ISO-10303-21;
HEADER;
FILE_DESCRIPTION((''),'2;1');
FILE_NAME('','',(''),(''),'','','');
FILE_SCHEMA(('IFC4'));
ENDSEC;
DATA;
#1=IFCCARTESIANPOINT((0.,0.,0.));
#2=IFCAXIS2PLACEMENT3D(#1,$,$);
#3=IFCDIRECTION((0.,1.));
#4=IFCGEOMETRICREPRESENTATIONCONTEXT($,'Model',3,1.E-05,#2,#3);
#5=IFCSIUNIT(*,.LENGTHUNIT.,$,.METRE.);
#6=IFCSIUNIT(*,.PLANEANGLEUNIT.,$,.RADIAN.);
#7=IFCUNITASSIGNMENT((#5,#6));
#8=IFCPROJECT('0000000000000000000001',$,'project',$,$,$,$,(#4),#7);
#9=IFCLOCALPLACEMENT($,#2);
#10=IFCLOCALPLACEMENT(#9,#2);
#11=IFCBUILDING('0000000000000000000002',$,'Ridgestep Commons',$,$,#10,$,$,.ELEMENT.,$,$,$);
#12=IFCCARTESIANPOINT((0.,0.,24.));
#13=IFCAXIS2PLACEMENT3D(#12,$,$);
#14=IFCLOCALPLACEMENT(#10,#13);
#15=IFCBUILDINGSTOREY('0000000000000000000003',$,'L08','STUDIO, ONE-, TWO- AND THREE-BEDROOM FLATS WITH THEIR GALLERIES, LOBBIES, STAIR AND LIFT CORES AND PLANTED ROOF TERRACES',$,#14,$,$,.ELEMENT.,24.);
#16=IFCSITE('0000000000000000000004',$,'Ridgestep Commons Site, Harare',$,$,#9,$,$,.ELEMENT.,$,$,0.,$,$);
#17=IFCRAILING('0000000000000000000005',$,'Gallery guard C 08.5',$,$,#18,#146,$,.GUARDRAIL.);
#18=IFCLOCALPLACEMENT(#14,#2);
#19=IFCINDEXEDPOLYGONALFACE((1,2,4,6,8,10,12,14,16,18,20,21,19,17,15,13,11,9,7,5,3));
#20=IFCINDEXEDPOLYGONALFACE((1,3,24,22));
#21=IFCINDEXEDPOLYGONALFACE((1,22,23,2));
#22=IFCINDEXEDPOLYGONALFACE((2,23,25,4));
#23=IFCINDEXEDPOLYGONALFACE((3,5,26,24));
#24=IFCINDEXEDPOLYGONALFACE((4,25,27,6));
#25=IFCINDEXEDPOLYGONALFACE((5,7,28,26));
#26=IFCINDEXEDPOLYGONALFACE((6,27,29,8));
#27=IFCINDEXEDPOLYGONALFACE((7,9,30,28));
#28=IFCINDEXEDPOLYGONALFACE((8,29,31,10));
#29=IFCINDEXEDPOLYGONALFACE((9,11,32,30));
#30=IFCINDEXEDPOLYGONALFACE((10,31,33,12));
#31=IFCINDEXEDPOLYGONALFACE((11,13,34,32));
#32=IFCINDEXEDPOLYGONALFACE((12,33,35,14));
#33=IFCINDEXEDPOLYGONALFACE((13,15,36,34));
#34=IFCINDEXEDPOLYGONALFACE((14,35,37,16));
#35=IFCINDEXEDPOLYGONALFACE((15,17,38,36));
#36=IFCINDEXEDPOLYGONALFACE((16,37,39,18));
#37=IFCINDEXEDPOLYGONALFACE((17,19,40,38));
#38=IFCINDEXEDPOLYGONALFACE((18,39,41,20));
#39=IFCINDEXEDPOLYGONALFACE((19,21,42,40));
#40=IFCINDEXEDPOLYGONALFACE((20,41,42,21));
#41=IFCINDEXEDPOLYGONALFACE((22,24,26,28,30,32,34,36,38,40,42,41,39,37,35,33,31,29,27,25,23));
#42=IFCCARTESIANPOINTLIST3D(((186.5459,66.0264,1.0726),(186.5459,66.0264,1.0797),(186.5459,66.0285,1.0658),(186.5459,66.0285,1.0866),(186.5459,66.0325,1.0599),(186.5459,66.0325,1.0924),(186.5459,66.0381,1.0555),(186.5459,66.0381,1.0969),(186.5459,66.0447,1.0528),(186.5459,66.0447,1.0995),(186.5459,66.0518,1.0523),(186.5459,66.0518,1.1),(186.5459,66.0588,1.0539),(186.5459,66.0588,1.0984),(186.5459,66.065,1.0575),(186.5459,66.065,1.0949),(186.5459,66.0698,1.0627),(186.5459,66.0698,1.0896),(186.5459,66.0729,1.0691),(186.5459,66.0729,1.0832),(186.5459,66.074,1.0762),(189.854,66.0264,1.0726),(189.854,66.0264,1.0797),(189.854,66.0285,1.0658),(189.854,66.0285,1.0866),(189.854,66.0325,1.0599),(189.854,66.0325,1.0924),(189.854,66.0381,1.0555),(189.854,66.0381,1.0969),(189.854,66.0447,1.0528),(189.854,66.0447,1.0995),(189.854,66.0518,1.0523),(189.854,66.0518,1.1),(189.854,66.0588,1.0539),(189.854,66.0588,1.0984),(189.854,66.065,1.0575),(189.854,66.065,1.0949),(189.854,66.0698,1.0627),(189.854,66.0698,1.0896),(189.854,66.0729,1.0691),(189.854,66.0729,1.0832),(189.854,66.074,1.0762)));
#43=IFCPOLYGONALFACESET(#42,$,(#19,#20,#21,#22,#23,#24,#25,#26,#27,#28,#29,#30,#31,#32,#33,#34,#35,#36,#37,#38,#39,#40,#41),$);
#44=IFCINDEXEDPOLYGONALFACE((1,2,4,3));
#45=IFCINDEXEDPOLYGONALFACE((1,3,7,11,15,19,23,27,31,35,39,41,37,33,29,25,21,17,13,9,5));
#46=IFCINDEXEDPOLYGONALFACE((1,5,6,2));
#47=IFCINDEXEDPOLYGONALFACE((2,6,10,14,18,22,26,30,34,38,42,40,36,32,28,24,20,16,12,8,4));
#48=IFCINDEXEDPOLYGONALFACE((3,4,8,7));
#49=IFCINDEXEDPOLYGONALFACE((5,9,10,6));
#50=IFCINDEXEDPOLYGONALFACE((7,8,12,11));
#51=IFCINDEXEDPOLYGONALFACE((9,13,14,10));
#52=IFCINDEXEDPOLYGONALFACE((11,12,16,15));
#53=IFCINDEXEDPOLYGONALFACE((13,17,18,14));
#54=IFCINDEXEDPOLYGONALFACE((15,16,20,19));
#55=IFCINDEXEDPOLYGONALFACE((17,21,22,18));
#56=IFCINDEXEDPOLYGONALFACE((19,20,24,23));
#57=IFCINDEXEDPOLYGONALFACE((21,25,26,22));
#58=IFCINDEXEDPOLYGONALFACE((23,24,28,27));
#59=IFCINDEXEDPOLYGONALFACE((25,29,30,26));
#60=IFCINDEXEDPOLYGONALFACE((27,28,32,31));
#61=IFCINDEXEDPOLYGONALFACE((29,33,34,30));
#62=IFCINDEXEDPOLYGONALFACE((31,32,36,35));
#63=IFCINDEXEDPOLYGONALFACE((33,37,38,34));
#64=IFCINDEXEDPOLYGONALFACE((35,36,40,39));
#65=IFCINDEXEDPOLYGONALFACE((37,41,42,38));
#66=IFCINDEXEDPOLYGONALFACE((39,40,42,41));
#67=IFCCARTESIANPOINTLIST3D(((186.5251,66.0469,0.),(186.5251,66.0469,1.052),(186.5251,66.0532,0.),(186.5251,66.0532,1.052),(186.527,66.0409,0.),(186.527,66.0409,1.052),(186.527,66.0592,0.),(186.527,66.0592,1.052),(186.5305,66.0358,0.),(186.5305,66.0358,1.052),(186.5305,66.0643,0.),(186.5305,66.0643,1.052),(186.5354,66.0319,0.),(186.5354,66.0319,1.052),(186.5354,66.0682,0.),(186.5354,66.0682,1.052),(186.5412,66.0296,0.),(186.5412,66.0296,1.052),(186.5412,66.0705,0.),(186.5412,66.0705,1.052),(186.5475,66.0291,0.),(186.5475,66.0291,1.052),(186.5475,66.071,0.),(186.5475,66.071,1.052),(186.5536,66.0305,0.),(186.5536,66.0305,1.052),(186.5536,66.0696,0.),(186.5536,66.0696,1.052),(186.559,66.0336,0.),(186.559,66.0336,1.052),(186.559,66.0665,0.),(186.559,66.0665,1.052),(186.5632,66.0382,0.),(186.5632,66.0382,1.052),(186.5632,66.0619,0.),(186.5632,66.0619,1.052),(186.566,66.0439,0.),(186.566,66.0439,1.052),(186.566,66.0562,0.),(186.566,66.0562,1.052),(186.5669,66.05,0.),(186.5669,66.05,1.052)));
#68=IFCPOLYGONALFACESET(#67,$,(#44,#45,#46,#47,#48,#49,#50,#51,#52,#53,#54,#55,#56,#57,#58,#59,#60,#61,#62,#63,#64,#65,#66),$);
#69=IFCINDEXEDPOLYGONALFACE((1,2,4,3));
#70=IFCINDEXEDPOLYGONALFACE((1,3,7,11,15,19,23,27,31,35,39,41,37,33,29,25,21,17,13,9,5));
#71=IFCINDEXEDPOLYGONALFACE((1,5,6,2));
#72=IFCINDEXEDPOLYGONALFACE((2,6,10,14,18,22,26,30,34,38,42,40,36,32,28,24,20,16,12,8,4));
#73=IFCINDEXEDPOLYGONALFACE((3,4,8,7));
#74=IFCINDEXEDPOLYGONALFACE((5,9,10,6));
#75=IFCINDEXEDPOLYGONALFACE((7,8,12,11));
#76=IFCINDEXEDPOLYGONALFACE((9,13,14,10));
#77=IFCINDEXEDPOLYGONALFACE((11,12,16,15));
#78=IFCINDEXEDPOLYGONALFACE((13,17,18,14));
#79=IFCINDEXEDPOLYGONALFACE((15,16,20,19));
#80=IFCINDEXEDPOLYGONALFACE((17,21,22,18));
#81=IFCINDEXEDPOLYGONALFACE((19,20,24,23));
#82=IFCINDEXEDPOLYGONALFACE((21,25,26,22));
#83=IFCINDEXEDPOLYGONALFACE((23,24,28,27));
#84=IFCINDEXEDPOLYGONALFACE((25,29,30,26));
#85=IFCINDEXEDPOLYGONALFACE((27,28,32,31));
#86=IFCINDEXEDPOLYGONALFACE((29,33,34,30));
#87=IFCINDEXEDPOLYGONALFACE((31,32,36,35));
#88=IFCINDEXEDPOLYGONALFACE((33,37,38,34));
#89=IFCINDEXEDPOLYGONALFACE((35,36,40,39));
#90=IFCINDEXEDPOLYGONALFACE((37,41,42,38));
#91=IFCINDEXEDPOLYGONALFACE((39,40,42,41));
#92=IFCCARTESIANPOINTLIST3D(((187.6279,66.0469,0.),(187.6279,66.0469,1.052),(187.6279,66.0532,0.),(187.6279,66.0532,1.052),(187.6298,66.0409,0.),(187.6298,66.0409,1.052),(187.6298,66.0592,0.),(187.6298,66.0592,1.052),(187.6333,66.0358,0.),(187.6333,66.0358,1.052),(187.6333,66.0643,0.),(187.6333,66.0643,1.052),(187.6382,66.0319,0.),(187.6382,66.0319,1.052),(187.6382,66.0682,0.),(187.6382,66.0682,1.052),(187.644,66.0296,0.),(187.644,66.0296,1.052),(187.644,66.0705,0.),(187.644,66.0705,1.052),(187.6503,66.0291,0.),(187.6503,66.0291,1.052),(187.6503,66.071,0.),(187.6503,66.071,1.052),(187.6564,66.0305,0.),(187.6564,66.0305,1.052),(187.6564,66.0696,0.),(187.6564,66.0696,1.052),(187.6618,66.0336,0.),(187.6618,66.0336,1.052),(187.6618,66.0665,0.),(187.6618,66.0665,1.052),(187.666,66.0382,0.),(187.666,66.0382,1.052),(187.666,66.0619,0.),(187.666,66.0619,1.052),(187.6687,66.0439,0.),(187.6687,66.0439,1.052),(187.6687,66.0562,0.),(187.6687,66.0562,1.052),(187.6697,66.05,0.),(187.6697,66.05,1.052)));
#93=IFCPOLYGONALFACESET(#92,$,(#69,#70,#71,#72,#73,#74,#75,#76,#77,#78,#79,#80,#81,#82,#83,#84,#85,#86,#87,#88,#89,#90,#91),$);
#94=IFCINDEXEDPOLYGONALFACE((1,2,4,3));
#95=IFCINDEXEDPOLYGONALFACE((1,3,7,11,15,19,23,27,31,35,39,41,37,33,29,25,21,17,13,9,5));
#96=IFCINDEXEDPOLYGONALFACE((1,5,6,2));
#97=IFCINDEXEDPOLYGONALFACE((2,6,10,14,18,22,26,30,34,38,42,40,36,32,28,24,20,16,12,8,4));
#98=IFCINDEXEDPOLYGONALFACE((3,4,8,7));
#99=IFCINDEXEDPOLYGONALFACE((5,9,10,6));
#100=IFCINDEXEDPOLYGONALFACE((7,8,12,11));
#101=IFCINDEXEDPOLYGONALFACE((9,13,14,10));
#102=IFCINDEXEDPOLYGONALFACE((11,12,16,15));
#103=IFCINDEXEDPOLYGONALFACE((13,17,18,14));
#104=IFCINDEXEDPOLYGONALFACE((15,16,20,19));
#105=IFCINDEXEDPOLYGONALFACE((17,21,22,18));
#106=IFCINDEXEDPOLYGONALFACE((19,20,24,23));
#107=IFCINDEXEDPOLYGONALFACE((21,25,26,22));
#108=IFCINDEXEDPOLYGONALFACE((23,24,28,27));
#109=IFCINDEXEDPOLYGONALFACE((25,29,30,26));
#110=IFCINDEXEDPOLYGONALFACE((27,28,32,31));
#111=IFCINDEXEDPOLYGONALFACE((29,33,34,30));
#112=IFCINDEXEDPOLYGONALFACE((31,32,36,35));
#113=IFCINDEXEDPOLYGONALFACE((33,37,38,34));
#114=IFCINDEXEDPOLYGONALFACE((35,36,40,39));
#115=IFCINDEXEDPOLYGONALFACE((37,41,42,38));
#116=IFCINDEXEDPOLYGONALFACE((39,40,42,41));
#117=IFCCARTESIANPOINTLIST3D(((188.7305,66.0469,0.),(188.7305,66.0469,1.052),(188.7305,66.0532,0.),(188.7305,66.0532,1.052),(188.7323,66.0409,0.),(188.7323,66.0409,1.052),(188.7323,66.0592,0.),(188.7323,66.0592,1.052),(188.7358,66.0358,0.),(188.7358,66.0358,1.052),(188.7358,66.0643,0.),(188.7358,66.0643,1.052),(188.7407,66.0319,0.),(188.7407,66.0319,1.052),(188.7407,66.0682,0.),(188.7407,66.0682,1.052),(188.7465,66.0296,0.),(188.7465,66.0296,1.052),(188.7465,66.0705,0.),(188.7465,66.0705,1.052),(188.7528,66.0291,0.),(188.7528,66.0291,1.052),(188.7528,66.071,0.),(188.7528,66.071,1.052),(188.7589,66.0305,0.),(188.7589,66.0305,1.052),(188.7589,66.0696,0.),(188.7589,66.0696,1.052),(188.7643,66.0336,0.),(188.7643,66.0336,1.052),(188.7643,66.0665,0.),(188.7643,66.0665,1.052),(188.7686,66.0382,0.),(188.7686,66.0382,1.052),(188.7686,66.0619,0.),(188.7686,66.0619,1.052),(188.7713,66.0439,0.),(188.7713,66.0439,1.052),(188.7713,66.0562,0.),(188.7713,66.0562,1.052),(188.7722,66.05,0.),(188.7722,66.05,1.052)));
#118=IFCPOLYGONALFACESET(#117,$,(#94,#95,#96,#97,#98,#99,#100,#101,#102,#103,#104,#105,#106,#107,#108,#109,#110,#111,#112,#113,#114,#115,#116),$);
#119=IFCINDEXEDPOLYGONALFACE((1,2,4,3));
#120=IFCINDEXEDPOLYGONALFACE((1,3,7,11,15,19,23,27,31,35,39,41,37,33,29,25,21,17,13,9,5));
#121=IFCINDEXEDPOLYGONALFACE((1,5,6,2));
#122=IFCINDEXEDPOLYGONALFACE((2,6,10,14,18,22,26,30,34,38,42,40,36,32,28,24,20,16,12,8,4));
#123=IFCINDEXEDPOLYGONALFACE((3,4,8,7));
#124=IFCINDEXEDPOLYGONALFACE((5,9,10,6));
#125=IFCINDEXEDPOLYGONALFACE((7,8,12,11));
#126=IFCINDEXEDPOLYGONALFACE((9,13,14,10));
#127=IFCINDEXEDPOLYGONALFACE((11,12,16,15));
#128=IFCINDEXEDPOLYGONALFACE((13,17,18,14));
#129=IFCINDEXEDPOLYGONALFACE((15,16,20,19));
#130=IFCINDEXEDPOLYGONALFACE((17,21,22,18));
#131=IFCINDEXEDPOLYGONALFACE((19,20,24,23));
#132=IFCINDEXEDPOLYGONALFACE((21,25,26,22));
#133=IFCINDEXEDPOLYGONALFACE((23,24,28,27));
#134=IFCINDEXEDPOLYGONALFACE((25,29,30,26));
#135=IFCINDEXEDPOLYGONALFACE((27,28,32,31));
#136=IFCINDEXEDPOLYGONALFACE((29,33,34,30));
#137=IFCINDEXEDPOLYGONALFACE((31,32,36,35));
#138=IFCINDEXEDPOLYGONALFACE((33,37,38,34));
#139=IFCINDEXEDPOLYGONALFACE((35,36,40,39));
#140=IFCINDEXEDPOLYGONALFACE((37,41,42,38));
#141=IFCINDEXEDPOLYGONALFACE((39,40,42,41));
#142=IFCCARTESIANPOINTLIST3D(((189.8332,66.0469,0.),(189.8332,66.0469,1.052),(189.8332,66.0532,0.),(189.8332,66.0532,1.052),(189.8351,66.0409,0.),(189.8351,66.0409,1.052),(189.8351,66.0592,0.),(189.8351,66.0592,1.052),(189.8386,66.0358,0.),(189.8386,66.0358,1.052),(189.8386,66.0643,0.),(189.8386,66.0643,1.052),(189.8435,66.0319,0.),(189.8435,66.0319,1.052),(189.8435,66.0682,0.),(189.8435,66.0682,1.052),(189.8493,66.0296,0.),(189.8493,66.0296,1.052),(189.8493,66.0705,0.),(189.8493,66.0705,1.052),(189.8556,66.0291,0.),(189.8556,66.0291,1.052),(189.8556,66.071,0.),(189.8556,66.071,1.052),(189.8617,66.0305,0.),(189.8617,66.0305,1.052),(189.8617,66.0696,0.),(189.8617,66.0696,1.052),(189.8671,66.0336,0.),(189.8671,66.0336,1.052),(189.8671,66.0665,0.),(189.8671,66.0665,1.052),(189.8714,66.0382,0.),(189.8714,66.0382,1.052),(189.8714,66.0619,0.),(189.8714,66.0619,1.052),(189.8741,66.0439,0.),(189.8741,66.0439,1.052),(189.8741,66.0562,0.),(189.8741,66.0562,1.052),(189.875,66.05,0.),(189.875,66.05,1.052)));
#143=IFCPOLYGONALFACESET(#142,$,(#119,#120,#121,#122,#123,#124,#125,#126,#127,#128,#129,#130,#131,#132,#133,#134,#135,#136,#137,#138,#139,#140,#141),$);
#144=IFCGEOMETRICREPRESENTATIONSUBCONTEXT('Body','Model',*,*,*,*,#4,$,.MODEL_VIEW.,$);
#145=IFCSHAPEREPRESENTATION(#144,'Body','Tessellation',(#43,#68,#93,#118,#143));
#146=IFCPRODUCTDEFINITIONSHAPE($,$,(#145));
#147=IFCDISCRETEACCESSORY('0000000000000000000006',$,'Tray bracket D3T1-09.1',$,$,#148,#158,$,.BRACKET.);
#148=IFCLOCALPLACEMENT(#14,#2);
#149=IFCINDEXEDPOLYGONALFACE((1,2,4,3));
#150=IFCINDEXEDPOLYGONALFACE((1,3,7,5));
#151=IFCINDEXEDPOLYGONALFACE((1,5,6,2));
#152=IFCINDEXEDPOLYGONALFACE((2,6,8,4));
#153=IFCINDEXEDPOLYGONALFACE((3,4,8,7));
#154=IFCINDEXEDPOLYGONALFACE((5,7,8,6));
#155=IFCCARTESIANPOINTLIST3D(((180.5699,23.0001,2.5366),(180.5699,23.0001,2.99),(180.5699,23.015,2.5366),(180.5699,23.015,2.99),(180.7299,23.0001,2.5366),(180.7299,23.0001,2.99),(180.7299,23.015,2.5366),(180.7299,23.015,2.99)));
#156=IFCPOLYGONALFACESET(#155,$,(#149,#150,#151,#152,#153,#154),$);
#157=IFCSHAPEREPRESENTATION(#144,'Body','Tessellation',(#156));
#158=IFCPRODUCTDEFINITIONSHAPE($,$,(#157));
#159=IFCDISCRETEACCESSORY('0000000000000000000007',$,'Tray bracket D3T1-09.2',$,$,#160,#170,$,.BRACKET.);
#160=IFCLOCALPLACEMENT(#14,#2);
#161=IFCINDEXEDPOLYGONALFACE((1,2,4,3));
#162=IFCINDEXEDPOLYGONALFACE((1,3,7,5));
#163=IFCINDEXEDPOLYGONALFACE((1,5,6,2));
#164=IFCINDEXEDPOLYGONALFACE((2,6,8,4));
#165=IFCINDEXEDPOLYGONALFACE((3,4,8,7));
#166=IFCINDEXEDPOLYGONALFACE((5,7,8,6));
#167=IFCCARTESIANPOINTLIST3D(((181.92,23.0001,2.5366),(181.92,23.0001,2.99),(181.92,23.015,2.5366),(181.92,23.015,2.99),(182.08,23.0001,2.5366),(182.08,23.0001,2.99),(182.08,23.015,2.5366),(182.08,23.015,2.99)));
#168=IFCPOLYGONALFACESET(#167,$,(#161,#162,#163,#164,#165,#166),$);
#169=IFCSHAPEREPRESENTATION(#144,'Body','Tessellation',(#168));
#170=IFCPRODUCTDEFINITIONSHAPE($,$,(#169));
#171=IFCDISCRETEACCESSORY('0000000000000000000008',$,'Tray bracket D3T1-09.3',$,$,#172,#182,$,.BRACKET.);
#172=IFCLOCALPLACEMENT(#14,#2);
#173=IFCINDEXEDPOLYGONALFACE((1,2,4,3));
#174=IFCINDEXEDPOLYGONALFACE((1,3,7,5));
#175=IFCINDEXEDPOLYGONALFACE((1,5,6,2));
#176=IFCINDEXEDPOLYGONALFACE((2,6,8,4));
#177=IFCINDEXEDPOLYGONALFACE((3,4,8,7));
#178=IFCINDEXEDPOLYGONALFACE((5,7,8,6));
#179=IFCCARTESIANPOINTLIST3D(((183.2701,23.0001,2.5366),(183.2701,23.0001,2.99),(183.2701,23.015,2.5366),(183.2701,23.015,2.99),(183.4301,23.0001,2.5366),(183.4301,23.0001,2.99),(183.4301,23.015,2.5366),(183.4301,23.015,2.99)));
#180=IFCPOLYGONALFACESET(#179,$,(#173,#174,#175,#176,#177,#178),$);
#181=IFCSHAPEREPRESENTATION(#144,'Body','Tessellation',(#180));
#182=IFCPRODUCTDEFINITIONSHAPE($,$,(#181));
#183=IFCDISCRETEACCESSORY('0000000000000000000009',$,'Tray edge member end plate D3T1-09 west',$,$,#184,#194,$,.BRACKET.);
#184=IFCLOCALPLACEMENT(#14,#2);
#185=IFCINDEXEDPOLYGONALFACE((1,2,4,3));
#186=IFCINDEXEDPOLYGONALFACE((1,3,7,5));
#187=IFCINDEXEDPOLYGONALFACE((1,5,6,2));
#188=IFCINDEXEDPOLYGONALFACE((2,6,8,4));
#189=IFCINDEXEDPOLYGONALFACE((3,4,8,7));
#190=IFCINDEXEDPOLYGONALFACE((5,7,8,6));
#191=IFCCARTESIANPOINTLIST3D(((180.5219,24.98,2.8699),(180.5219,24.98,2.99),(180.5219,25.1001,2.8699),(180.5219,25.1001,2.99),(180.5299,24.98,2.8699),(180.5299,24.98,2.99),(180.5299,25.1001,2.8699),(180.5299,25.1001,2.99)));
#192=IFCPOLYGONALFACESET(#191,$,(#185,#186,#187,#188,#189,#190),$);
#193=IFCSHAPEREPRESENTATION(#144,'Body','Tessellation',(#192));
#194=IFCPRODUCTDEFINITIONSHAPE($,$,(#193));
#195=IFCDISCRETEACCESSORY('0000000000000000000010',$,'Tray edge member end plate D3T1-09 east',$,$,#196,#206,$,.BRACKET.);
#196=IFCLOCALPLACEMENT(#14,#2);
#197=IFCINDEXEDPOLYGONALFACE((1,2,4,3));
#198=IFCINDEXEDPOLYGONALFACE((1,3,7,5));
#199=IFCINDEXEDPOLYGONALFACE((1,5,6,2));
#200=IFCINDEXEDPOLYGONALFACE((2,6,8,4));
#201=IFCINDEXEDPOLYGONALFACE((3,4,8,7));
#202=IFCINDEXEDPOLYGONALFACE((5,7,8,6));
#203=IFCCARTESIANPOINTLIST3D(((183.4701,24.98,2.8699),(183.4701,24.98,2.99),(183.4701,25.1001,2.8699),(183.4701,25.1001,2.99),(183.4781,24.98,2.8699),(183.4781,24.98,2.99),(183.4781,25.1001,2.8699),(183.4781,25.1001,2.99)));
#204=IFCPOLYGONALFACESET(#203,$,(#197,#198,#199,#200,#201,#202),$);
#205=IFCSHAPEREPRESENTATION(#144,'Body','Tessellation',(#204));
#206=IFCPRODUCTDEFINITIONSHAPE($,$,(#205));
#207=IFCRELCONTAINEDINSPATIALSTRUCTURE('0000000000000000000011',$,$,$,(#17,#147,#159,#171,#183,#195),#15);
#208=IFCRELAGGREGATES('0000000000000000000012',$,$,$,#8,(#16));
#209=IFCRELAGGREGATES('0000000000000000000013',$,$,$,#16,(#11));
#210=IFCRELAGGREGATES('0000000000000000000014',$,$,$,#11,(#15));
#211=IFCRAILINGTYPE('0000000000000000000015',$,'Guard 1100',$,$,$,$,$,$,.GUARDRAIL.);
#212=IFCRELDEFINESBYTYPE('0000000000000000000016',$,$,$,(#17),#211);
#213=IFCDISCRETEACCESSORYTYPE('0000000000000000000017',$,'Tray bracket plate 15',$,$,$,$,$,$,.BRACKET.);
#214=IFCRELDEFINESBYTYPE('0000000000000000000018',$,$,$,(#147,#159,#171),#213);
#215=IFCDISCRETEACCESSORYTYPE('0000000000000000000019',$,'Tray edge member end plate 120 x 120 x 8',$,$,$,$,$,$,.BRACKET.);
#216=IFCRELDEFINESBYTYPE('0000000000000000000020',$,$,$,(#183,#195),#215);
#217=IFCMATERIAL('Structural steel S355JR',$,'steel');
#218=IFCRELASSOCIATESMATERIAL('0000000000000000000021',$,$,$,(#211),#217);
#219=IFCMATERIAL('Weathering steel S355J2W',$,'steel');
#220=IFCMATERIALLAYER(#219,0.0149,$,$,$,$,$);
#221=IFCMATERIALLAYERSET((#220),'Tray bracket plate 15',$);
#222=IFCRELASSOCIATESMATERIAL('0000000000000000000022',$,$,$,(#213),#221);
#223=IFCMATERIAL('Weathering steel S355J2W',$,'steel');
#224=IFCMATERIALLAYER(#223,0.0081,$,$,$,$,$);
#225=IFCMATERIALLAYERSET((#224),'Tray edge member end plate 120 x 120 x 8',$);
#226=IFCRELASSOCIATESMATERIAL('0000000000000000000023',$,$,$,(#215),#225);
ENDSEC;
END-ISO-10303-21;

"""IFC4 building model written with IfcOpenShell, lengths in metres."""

from ifc_helpers import new_model, si_unit, direction, frame, origin, origin_2d, place, context, subcontext, project, spatial, rectangle, circle, extrude, material, layer, layer_set, type_object, element, save


model = new_model("IFC4")

# Units and contexts
model_context = context("Model", 3, precision=1e-05, world=origin(), true_north=direction((0.0, 1.0)))
body_context = subcontext(model_context, "Body", "Model", "MODEL_VIEW")
ifc_project = project(units=[si_unit("LENGTHUNIT", "METRE"), si_unit("PLANEANGLEUNIT", "RADIAN")], contexts=[model_context])

# Site, building, storey
site_placement = place(None, origin())
site = spatial("IfcSite", under=ifc_project, at=site_placement, Name="Ridgestep Commons Site, Harare", CompositionType="ELEMENT", RefElevation=0.0)
building_placement = place(site_placement, origin())
building = spatial("IfcBuilding", under=site, at=building_placement, Name="Ridgestep Commons", CompositionType="ELEMENT")
storey_placement = place(building_placement, frame((0.0, 0.0, 24.0)))
storey = spatial("IfcBuildingStorey", under=building, at=storey_placement, Name="L08", Description="STUDIO, ONE-, TWO- AND THREE-BEDROOM FLATS WITH THEIR GALLERIES, LOBBIES, STAIR AND LIFT CORES AND PLANTED ROOF TERRACES", CompositionType="ELEMENT", Elevation=24.0)

# Railing
ifc_material_1 = material(Name="Structural steel S355JR", Category="steel")
railing_type_1 = type_object("IfcRailingType", Name="Guard 1100", PredefinedType="GUARDRAIL", material=ifc_material_1)
railing_1_placement = place(storey_placement, frame((186.5459, 66.05, 0.0)))
element("IfcRailing", 1, at=railing_1_placement, inside=storey, type_object=railing_type_1, Name="Gallery guard C 08.5", PredefinedType="GUARDRAIL", context=body_context, shape_type="SweptSolid", body=[
    extrude(circle(Radius=0.0239, at=origin_2d()), frame((0.0, 0.0, 1.0762), z_axis=(1.0, 0.0, 0.0), x_axis=(0.0, 1.0, 0.0)), (0.0, 0.0, 1.0), 3.3081),
    extrude(circle(Radius=0.021, at=origin_2d()), origin(), (0.0, 0.0, 1.0), 1.052),
    extrude(circle(Radius=0.021, at=origin_2d()), frame((1.1028, 0.0, 0.0)), (0.0, 0.0, 1.0), 1.052),
    extrude(circle(Radius=0.021, at=origin_2d()), frame((2.2053, 0.0, 0.0)), (0.0, 0.0, 1.0), 1.052),
    extrude(circle(Radius=0.021, at=origin_2d()), frame((3.3081, 0.0, 0.0)), (0.0, 0.0, 1.0), 1.052),
])

# Discrete accessories
ifc_material_2 = material(Name="Weathering steel S355J2W", Category="steel")
ifc_layer_1 = layer(ifc_material_2, 0.0149)
ifc_layer_set_1 = layer_set([ifc_layer_1], Name="Tray bracket plate 15")
discrete_accessory_type_1 = type_object("IfcDiscreteAccessoryType", Name="Tray bracket plate 15", PredefinedType="BRACKET", material=ifc_layer_set_1)
for number, where, z_axis, x_axis, name in (
    (2, (180.6499, 23.0076, 2.5366), (0.0, 0.0, 1.0), (1.0, 0.0, 0.0), "Tray bracket D3T1-09.1"),
    (3, (182.0, 23.0076, 2.5366), (0.0, 0.0, 1.0), (1.0, 0.0, 0.0), "Tray bracket D3T1-09.2"),
    (4, (183.3501, 23.0076, 2.5366), (0.0, 0.0, 1.0), (1.0, 0.0, 0.0), "Tray bracket D3T1-09.3"),
):
    element("IfcDiscreteAccessory", number, at=place(storey_placement, frame(where, z_axis=z_axis, x_axis=x_axis)), inside=storey, type_object=discrete_accessory_type_1, Name=name, PredefinedType="BRACKET", context=body_context, shape_type="SweptSolid", body=[
        extrude(rectangle(XDim=0.1599, YDim=0.0149, at=origin_2d()), origin(), (0.0, 0.0, 1.0), 0.4534),
    ])
ifc_material_3 = material(Name="Weathering steel S355J2W", Category="steel")
ifc_layer_2 = layer(ifc_material_3, 0.0081)
ifc_layer_set_2 = layer_set([ifc_layer_2], Name="Tray edge member end plate 120 x 120 x 8")
discrete_accessory_type_2 = type_object("IfcDiscreteAccessoryType", Name="Tray edge member end plate 120 x 120 x 8", PredefinedType="BRACKET", material=ifc_layer_set_2)
for number, where, z_axis, x_axis, name in (
    (5, (180.5259, 25.04, 2.8699), (0.0, 0.0, 1.0), (1.0, 0.0, 0.0), "Tray edge member end plate D3T1-09 west"),
    (6, (183.4741, 25.04, 2.8699), (0.0, 0.0, 1.0), (1.0, 0.0, 0.0), "Tray edge member end plate D3T1-09 east"),
):
    element("IfcDiscreteAccessory", number, at=place(storey_placement, frame(where, z_axis=z_axis, x_axis=x_axis)), inside=storey, type_object=discrete_accessory_type_2, Name=name, PredefinedType="BRACKET", context=body_context, shape_type="SweptSolid", body=[
        extrude(rectangle(XDim=0.0081, YDim=0.1201, at=origin_2d()), origin(), (0.0, 0.0, 1.0), 0.1201),
    ])

save(model, "model.ifc")
